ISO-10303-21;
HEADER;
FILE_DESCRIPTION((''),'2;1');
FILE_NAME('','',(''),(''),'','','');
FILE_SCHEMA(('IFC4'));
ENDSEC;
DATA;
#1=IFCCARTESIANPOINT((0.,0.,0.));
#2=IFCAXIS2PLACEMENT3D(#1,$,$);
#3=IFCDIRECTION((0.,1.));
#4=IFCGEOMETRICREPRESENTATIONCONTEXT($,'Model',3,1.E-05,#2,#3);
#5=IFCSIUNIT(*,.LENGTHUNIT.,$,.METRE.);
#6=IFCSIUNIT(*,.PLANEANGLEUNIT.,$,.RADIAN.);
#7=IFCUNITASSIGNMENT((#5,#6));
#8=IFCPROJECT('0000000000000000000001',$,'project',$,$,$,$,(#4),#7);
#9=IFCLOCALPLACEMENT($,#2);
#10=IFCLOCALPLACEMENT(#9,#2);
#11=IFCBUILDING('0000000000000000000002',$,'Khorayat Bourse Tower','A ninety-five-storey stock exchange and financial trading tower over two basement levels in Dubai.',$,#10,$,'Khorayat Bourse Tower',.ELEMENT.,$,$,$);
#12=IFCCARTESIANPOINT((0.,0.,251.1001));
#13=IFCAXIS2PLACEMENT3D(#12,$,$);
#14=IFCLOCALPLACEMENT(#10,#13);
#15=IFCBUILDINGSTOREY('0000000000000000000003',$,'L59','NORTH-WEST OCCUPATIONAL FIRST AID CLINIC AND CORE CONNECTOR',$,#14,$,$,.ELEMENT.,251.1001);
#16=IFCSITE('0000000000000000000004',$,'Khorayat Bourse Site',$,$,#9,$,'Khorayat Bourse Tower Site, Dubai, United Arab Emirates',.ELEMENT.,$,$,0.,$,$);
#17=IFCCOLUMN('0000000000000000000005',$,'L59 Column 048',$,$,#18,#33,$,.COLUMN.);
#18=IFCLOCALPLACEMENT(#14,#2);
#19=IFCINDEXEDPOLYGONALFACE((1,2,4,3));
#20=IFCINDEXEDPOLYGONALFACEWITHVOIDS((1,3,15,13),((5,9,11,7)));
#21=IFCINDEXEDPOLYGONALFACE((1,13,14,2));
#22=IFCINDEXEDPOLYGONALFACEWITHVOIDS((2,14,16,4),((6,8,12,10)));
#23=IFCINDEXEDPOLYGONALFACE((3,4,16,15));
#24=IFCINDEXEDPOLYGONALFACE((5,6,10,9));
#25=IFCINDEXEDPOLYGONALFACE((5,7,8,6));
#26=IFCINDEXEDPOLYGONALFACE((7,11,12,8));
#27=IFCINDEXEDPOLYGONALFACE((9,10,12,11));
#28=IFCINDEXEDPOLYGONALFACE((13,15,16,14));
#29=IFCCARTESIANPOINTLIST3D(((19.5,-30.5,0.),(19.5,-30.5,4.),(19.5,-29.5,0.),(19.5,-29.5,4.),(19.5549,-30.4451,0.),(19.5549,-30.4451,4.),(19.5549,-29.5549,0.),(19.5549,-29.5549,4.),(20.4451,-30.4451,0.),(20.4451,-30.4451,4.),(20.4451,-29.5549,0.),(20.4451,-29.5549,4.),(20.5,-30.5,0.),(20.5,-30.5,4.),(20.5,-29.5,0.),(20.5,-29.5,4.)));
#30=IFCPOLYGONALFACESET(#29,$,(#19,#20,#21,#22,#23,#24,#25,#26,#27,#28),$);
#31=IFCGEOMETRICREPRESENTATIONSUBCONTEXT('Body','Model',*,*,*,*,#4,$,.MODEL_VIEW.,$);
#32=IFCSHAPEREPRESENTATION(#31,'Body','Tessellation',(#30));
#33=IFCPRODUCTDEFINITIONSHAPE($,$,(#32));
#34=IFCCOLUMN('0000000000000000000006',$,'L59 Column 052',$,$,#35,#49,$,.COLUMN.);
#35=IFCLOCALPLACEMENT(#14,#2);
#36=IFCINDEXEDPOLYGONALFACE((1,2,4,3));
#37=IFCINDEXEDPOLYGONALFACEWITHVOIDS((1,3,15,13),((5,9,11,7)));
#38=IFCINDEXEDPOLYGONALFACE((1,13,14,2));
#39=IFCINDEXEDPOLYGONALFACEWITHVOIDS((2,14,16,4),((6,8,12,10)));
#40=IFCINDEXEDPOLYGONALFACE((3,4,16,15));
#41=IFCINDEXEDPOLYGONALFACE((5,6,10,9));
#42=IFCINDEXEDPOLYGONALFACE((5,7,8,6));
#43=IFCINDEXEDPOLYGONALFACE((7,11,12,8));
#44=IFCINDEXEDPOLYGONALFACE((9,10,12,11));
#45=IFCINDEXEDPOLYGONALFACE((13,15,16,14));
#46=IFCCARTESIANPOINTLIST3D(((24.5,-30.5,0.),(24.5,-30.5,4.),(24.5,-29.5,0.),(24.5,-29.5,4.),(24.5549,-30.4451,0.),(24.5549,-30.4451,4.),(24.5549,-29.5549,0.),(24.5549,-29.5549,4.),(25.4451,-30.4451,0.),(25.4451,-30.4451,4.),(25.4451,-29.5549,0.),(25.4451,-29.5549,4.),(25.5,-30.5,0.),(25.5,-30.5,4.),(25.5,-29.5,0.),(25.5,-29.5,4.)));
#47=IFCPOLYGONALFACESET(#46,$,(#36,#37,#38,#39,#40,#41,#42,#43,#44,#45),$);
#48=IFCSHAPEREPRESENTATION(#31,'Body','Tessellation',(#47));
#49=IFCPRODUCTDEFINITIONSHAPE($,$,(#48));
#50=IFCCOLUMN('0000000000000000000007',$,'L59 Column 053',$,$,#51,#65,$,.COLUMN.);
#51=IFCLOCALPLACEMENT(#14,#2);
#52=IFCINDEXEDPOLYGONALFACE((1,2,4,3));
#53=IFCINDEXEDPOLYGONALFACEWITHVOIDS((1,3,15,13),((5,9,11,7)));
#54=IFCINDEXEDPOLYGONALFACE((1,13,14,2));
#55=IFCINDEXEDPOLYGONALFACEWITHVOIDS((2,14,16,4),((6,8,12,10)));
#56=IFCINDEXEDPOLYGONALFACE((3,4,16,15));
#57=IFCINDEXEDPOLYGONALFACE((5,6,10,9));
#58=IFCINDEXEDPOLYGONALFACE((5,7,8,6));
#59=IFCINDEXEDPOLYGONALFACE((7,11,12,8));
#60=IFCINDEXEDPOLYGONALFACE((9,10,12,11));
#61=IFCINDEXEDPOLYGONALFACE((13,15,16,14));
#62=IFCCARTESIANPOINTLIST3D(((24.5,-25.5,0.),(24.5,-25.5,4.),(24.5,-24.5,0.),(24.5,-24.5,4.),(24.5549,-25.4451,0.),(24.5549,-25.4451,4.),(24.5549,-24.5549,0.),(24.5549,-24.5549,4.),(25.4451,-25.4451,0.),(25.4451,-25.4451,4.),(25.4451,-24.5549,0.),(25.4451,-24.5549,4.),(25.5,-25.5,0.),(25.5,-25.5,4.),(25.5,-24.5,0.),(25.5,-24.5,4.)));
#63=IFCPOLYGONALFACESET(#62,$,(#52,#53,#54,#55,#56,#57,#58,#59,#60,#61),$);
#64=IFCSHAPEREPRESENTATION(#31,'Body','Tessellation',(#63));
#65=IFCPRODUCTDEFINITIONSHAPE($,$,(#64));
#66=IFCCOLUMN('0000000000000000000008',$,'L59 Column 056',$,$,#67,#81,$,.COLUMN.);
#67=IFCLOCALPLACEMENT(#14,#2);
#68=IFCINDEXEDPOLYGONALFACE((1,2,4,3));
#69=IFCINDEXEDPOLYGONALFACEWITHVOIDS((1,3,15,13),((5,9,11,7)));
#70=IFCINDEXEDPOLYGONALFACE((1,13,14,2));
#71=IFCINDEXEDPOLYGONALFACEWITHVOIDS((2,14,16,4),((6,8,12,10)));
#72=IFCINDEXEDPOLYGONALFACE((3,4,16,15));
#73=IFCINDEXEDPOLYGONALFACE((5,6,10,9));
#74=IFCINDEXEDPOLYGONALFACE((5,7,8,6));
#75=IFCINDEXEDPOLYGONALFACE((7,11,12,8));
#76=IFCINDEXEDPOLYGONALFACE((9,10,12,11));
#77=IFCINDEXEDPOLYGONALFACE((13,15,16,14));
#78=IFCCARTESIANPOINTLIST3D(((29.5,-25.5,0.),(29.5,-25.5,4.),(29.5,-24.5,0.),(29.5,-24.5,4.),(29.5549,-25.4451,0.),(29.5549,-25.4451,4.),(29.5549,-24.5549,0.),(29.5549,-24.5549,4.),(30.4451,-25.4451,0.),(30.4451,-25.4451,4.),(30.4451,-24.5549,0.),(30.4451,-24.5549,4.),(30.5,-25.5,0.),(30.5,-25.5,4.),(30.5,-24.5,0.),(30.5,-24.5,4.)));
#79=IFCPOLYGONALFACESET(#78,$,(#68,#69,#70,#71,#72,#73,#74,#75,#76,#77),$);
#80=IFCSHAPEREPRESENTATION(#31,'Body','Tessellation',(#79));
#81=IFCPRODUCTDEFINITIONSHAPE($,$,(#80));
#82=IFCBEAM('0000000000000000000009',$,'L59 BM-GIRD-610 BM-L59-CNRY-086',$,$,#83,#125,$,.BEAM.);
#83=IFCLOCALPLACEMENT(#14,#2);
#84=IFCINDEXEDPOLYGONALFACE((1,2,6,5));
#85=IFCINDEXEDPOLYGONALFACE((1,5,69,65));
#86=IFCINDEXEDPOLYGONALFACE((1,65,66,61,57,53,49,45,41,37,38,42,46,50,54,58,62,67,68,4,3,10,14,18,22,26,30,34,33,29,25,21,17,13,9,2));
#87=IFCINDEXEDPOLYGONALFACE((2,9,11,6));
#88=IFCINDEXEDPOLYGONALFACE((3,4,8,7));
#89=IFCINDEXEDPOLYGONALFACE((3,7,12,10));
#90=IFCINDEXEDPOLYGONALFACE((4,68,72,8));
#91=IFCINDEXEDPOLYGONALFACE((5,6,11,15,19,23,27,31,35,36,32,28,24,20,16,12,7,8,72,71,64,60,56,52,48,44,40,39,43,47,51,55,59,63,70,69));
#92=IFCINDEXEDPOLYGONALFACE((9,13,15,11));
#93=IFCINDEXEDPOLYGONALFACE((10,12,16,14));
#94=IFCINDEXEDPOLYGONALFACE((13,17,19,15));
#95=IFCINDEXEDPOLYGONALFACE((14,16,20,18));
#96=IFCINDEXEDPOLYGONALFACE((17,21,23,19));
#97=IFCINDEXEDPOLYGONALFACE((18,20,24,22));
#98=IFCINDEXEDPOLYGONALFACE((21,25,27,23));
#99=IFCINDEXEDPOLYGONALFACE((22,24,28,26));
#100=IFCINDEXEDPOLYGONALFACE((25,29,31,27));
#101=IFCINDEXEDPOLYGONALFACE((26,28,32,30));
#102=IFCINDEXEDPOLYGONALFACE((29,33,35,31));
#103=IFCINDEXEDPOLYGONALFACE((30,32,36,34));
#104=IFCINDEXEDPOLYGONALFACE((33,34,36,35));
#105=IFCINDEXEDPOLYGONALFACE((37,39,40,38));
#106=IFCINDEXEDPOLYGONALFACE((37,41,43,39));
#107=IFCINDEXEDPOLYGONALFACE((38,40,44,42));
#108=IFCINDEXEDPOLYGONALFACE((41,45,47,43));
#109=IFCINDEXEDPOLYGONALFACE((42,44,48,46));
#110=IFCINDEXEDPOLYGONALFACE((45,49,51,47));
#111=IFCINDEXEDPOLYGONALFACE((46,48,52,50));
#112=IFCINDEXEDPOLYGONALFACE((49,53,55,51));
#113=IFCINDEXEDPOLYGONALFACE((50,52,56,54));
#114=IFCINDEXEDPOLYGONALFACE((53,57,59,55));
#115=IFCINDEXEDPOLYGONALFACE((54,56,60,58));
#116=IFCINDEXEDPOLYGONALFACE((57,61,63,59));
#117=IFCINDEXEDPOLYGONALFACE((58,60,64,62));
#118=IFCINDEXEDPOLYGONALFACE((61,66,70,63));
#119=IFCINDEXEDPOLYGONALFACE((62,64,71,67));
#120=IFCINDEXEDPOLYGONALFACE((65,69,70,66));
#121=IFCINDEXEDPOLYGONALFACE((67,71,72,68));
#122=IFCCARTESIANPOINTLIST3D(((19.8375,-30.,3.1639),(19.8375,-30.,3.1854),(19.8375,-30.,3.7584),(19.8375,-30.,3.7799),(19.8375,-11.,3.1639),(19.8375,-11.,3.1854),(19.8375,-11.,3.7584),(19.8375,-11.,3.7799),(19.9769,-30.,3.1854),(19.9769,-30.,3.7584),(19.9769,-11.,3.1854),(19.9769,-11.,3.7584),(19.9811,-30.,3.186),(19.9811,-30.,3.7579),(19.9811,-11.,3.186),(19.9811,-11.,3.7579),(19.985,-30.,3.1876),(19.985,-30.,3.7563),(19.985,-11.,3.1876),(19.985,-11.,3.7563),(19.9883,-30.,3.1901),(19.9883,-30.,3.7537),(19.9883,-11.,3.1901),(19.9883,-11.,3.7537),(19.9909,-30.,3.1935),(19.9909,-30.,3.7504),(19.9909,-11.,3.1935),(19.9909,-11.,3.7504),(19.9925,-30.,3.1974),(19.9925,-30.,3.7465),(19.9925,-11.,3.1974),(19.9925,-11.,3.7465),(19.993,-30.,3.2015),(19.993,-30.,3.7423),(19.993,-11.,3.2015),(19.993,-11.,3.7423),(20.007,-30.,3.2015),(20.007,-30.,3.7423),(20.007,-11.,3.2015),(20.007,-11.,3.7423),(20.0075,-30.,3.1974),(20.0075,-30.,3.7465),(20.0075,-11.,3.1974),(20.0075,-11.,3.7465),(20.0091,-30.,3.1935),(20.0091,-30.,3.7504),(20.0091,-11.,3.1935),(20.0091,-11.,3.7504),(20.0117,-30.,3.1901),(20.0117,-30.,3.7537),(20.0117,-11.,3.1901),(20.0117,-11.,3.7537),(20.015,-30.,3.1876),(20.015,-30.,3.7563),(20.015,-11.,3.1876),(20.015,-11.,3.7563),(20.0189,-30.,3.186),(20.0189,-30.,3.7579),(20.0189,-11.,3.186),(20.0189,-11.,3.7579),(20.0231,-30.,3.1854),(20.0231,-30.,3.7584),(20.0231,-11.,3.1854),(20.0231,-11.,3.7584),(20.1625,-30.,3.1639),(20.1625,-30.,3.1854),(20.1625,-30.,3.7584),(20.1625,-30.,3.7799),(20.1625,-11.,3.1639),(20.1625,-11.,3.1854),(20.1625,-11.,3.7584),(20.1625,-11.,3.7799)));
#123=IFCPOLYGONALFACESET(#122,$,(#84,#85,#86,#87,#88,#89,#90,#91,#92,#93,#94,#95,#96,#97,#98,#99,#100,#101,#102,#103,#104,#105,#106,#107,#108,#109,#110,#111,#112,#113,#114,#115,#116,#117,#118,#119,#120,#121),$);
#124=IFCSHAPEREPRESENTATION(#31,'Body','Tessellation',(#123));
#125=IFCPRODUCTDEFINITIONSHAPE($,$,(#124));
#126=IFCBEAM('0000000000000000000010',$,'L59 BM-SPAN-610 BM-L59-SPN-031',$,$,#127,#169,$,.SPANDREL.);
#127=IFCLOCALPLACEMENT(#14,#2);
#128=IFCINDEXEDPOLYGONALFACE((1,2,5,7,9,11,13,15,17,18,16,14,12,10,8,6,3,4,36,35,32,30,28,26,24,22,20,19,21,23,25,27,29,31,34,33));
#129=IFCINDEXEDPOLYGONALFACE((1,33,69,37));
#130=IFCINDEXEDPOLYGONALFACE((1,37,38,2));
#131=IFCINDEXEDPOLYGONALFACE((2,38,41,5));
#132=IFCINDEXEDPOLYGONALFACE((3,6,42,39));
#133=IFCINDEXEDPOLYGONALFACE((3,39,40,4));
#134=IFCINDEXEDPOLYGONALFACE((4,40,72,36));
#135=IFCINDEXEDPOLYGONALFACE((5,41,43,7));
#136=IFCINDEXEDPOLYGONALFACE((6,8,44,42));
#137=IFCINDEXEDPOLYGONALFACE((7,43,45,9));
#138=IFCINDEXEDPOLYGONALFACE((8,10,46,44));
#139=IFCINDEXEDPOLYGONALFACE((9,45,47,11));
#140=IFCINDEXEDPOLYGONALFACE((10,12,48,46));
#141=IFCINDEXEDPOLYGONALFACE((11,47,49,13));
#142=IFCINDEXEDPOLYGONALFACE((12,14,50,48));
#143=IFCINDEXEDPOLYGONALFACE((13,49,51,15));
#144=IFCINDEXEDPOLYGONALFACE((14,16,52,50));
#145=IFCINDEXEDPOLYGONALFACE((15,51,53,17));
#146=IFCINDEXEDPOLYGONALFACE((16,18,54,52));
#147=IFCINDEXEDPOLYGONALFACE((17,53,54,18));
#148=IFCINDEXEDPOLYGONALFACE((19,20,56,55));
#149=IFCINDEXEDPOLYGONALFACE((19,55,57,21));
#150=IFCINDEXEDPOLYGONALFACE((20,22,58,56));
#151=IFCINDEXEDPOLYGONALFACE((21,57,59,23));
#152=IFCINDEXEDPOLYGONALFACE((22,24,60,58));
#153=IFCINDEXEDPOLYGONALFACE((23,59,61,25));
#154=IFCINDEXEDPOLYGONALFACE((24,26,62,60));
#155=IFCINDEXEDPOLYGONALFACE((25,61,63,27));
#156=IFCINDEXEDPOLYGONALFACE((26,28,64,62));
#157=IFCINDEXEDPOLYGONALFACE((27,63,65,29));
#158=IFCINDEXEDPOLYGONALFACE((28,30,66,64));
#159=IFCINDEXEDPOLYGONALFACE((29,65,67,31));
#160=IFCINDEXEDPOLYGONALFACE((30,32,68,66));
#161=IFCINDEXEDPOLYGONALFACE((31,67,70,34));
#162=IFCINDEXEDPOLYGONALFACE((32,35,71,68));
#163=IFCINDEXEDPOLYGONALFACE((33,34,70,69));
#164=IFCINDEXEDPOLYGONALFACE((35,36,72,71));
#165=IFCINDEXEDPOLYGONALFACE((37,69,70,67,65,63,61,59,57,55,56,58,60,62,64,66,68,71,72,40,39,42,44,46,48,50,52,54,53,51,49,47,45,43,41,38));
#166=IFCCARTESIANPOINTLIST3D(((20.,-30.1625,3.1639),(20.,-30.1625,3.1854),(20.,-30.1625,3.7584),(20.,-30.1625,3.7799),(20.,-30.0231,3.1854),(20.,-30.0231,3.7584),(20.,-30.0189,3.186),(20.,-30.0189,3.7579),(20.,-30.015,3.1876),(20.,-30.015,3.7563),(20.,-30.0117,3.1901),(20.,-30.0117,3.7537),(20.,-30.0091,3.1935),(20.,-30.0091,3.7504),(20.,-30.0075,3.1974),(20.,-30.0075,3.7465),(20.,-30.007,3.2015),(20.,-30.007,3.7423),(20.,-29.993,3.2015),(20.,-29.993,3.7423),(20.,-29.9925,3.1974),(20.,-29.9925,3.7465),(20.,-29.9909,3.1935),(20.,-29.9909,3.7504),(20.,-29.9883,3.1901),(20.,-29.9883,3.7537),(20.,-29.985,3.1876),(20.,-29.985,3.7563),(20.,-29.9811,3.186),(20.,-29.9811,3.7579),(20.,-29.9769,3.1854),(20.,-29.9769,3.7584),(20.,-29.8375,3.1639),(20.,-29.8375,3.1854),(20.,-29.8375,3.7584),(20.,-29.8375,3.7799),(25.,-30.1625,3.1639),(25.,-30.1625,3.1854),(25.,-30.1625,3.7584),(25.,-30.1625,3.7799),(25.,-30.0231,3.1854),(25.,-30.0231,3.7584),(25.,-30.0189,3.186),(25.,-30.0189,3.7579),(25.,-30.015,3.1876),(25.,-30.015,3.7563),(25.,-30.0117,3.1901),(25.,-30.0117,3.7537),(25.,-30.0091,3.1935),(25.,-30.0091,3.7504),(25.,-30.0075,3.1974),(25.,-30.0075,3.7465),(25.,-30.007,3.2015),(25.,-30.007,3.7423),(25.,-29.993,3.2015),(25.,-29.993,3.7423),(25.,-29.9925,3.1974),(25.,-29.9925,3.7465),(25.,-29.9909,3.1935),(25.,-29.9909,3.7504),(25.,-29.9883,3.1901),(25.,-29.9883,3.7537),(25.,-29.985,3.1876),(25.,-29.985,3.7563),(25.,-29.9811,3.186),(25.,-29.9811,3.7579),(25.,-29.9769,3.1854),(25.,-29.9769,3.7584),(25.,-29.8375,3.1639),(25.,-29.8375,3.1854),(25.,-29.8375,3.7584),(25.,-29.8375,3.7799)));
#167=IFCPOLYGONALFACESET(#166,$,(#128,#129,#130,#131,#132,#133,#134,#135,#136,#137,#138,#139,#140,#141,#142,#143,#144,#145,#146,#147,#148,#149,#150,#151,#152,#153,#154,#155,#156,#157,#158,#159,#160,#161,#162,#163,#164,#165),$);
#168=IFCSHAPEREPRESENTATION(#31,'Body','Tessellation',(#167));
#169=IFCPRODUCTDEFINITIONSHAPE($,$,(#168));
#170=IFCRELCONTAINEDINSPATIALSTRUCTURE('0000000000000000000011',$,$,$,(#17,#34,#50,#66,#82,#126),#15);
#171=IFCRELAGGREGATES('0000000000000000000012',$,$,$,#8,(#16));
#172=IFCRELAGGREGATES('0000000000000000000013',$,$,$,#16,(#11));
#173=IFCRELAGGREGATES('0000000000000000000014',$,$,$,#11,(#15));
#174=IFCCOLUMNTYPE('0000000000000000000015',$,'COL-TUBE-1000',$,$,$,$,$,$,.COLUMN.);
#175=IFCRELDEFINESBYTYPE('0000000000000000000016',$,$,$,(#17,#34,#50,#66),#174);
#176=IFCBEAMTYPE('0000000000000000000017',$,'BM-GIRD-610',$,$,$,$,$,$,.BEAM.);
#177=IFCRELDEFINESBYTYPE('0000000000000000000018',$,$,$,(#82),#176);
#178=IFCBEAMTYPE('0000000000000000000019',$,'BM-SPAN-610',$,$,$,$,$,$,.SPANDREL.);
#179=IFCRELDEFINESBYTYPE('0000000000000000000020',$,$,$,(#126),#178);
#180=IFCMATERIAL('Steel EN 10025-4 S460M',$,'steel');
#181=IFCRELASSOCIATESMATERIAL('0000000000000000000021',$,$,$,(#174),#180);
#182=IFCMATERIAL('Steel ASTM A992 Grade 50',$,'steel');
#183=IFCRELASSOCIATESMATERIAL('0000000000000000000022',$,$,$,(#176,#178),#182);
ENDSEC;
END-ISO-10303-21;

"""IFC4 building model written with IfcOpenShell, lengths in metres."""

from ifc_helpers import new_model, si_unit, direction, frame, origin, origin_2d, place, context, subcontext, project, spatial, hollow_rectangle, i_section, extrude, source, transform, mapped, material, material_profile, profile_set, type_object, element, save


model = new_model("IFC4")

# Units and contexts
model_context = context("Model", 3, precision=1e-05, world=origin(), true_north=direction((0.0, 1.0)))
body_context = subcontext(model_context, "Body", "Model", "MODEL_VIEW")
ifc_project = project(units=[si_unit("LENGTHUNIT", "METRE"), si_unit("PLANEANGLEUNIT", "RADIAN")], contexts=[model_context])

# Site, building, storey
site_placement = place(None, origin())
site = spatial("IfcSite", under=ifc_project, at=site_placement, Name="Khorayat Bourse Site", LongName="Khorayat Bourse Tower Site, Dubai, United Arab Emirates", CompositionType="ELEMENT", RefElevation=0.0)
building_placement = place(site_placement, origin())
building = spatial("IfcBuilding", under=site, at=building_placement, Name="Khorayat Bourse Tower", Description="A ninety-five-storey stock exchange and financial trading tower over two basement levels in Dubai.", LongName="Khorayat Bourse Tower", CompositionType="ELEMENT")
storey_placement = place(building_placement, frame((0.0, 0.0, 251.1001)))
storey = spatial("IfcBuildingStorey", under=building, at=storey_placement, Name="L59", Description="NORTH-WEST OCCUPATIONAL FIRST AID CLINIC AND CORE CONNECTOR", CompositionType="ELEMENT", Elevation=251.1001)

# Columns
ifc_material_1 = material(Name="Steel EN 10025-4 S460M", Category="steel")
ifc_material_profile_1 = material_profile(ifc_material_1, hollow_rectangle(XDim=1.0, YDim=1.0, WallThickness=0.0549, at=origin_2d()), Name="BOX 1000x1000x55")
ifc_profile_set_1 = profile_set([ifc_material_profile_1], Name="Steel EN 10025-4 S460M")
column_type = type_object("IfcColumnType", Name="COL-TUBE-1000", PredefinedType="COLUMN", material=ifc_profile_set_1)
shared_shape_1 = source(origin(), body_context, "Body", "SweptSolid", [
    extrude(hollow_rectangle(XDim=1.0, YDim=1.0, WallThickness=0.0549, at=origin_2d()), origin(), (0.0, 0.0, 1.0), 4.0),
])
for number, where, z_axis, x_axis, name in (
    (1, (20.0, -30.0, 0.0), (0.0, 0.0, 1.0), (1.0, 0.0, 0.0), "L59 Column 048"),
    (2, (25.0, -30.0, 0.0), (0.0, 0.0, 1.0), (1.0, 0.0, 0.0), "L59 Column 052"),
    (3, (25.0, -25.0, 0.0), (0.0, 0.0, 1.0), (1.0, 0.0, 0.0), "L59 Column 053"),
    (4, (30.0, -25.0, 0.0), (0.0, 0.0, 1.0), (1.0, 0.0, 0.0), "L59 Column 056"),
):
    element("IfcColumn", number, at=place(storey_placement, frame(where, z_axis=z_axis, x_axis=x_axis)), inside=storey, type_object=column_type, Name=name, PredefinedType="COLUMN", context=body_context, shape_type="MappedRepresentation", body=[
        mapped(shared_shape_1, transform((0.0, 0.0, 0.0), scale=1.0)),
    ])

# Beams
ifc_material_2 = material(Name="Steel ASTM A992 Grade 50", Category="steel")
ifc_material_profile_2 = material_profile(ifc_material_2, i_section(OverallWidth=0.325, OverallDepth=0.616, WebThickness=0.0139, FlangeThickness=0.0215, FilletRadius=0.0161, at=origin_2d()), Name="W610X174")
ifc_profile_set_2 = profile_set([ifc_material_profile_2], Name="Steel ASTM A992 Grade 50")
beam_type_1 = type_object("IfcBeamType", Name="BM-GIRD-610", PredefinedType="BEAM", material=ifc_profile_set_2)
shared_shape_2 = source(origin(), body_context, "Body", "SweptSolid", [
    extrude(i_section(OverallWidth=0.325, OverallDepth=0.616, WebThickness=0.0139, FlangeThickness=0.0215, FilletRadius=0.0161, at=origin_2d()), origin(), (0.0, 0.0, 1.0), 19.0),
])
beam_1_placement = place(storey_placement, frame((20.0, -30.0, 3.4719), z_axis=(0.0, 1.0, 0.0), x_axis=(-1.0, 0.0, 0.0)))
element("IfcBeam", 5, at=beam_1_placement, inside=storey, type_object=beam_type_1, Name="L59 BM-GIRD-610 BM-L59-CNRY-086", PredefinedType="BEAM", context=body_context, shape_type="MappedRepresentation", body=[
    mapped(shared_shape_2, transform((0.0, 0.0, 0.0), scale=1.0)),
])
ifc_material_profile_3 = material_profile(ifc_material_2, i_section(OverallWidth=0.325, OverallDepth=0.616, WebThickness=0.0139, FlangeThickness=0.0215, FilletRadius=0.0161, at=origin_2d()), Name="W610X174")
ifc_profile_set_3 = profile_set([ifc_material_profile_3], Name="Steel ASTM A992 Grade 50")
beam_type_2 = type_object("IfcBeamType", Name="BM-SPAN-610", PredefinedType="SPANDREL", material=ifc_profile_set_3)
shared_shape_3 = source(origin(), body_context, "Body", "SweptSolid", [
    extrude(i_section(OverallWidth=0.325, OverallDepth=0.616, WebThickness=0.0139, FlangeThickness=0.0215, FilletRadius=0.0161, at=origin_2d()), origin(), (0.0, 0.0, 1.0), 5.0),
])
for number, where, z_axis, x_axis, name in (
    (6, (20.0, -30.0, 3.4719), (1.0, 0.0, 0.0), (0.0, 1.0, 0.0), "L59 BM-SPAN-610 BM-L59-SPN-031"),
):
    element("IfcBeam", number, at=place(storey_placement, frame(where, z_axis=z_axis, x_axis=x_axis)), inside=storey, type_object=beam_type_2, Name=name, PredefinedType="SPANDREL", context=body_context, shape_type="MappedRepresentation", body=[
        mapped(shared_shape_3, transform((0.0, 0.0, 0.0), scale=1.0)),
    ])

save(model, "model.ifc")
